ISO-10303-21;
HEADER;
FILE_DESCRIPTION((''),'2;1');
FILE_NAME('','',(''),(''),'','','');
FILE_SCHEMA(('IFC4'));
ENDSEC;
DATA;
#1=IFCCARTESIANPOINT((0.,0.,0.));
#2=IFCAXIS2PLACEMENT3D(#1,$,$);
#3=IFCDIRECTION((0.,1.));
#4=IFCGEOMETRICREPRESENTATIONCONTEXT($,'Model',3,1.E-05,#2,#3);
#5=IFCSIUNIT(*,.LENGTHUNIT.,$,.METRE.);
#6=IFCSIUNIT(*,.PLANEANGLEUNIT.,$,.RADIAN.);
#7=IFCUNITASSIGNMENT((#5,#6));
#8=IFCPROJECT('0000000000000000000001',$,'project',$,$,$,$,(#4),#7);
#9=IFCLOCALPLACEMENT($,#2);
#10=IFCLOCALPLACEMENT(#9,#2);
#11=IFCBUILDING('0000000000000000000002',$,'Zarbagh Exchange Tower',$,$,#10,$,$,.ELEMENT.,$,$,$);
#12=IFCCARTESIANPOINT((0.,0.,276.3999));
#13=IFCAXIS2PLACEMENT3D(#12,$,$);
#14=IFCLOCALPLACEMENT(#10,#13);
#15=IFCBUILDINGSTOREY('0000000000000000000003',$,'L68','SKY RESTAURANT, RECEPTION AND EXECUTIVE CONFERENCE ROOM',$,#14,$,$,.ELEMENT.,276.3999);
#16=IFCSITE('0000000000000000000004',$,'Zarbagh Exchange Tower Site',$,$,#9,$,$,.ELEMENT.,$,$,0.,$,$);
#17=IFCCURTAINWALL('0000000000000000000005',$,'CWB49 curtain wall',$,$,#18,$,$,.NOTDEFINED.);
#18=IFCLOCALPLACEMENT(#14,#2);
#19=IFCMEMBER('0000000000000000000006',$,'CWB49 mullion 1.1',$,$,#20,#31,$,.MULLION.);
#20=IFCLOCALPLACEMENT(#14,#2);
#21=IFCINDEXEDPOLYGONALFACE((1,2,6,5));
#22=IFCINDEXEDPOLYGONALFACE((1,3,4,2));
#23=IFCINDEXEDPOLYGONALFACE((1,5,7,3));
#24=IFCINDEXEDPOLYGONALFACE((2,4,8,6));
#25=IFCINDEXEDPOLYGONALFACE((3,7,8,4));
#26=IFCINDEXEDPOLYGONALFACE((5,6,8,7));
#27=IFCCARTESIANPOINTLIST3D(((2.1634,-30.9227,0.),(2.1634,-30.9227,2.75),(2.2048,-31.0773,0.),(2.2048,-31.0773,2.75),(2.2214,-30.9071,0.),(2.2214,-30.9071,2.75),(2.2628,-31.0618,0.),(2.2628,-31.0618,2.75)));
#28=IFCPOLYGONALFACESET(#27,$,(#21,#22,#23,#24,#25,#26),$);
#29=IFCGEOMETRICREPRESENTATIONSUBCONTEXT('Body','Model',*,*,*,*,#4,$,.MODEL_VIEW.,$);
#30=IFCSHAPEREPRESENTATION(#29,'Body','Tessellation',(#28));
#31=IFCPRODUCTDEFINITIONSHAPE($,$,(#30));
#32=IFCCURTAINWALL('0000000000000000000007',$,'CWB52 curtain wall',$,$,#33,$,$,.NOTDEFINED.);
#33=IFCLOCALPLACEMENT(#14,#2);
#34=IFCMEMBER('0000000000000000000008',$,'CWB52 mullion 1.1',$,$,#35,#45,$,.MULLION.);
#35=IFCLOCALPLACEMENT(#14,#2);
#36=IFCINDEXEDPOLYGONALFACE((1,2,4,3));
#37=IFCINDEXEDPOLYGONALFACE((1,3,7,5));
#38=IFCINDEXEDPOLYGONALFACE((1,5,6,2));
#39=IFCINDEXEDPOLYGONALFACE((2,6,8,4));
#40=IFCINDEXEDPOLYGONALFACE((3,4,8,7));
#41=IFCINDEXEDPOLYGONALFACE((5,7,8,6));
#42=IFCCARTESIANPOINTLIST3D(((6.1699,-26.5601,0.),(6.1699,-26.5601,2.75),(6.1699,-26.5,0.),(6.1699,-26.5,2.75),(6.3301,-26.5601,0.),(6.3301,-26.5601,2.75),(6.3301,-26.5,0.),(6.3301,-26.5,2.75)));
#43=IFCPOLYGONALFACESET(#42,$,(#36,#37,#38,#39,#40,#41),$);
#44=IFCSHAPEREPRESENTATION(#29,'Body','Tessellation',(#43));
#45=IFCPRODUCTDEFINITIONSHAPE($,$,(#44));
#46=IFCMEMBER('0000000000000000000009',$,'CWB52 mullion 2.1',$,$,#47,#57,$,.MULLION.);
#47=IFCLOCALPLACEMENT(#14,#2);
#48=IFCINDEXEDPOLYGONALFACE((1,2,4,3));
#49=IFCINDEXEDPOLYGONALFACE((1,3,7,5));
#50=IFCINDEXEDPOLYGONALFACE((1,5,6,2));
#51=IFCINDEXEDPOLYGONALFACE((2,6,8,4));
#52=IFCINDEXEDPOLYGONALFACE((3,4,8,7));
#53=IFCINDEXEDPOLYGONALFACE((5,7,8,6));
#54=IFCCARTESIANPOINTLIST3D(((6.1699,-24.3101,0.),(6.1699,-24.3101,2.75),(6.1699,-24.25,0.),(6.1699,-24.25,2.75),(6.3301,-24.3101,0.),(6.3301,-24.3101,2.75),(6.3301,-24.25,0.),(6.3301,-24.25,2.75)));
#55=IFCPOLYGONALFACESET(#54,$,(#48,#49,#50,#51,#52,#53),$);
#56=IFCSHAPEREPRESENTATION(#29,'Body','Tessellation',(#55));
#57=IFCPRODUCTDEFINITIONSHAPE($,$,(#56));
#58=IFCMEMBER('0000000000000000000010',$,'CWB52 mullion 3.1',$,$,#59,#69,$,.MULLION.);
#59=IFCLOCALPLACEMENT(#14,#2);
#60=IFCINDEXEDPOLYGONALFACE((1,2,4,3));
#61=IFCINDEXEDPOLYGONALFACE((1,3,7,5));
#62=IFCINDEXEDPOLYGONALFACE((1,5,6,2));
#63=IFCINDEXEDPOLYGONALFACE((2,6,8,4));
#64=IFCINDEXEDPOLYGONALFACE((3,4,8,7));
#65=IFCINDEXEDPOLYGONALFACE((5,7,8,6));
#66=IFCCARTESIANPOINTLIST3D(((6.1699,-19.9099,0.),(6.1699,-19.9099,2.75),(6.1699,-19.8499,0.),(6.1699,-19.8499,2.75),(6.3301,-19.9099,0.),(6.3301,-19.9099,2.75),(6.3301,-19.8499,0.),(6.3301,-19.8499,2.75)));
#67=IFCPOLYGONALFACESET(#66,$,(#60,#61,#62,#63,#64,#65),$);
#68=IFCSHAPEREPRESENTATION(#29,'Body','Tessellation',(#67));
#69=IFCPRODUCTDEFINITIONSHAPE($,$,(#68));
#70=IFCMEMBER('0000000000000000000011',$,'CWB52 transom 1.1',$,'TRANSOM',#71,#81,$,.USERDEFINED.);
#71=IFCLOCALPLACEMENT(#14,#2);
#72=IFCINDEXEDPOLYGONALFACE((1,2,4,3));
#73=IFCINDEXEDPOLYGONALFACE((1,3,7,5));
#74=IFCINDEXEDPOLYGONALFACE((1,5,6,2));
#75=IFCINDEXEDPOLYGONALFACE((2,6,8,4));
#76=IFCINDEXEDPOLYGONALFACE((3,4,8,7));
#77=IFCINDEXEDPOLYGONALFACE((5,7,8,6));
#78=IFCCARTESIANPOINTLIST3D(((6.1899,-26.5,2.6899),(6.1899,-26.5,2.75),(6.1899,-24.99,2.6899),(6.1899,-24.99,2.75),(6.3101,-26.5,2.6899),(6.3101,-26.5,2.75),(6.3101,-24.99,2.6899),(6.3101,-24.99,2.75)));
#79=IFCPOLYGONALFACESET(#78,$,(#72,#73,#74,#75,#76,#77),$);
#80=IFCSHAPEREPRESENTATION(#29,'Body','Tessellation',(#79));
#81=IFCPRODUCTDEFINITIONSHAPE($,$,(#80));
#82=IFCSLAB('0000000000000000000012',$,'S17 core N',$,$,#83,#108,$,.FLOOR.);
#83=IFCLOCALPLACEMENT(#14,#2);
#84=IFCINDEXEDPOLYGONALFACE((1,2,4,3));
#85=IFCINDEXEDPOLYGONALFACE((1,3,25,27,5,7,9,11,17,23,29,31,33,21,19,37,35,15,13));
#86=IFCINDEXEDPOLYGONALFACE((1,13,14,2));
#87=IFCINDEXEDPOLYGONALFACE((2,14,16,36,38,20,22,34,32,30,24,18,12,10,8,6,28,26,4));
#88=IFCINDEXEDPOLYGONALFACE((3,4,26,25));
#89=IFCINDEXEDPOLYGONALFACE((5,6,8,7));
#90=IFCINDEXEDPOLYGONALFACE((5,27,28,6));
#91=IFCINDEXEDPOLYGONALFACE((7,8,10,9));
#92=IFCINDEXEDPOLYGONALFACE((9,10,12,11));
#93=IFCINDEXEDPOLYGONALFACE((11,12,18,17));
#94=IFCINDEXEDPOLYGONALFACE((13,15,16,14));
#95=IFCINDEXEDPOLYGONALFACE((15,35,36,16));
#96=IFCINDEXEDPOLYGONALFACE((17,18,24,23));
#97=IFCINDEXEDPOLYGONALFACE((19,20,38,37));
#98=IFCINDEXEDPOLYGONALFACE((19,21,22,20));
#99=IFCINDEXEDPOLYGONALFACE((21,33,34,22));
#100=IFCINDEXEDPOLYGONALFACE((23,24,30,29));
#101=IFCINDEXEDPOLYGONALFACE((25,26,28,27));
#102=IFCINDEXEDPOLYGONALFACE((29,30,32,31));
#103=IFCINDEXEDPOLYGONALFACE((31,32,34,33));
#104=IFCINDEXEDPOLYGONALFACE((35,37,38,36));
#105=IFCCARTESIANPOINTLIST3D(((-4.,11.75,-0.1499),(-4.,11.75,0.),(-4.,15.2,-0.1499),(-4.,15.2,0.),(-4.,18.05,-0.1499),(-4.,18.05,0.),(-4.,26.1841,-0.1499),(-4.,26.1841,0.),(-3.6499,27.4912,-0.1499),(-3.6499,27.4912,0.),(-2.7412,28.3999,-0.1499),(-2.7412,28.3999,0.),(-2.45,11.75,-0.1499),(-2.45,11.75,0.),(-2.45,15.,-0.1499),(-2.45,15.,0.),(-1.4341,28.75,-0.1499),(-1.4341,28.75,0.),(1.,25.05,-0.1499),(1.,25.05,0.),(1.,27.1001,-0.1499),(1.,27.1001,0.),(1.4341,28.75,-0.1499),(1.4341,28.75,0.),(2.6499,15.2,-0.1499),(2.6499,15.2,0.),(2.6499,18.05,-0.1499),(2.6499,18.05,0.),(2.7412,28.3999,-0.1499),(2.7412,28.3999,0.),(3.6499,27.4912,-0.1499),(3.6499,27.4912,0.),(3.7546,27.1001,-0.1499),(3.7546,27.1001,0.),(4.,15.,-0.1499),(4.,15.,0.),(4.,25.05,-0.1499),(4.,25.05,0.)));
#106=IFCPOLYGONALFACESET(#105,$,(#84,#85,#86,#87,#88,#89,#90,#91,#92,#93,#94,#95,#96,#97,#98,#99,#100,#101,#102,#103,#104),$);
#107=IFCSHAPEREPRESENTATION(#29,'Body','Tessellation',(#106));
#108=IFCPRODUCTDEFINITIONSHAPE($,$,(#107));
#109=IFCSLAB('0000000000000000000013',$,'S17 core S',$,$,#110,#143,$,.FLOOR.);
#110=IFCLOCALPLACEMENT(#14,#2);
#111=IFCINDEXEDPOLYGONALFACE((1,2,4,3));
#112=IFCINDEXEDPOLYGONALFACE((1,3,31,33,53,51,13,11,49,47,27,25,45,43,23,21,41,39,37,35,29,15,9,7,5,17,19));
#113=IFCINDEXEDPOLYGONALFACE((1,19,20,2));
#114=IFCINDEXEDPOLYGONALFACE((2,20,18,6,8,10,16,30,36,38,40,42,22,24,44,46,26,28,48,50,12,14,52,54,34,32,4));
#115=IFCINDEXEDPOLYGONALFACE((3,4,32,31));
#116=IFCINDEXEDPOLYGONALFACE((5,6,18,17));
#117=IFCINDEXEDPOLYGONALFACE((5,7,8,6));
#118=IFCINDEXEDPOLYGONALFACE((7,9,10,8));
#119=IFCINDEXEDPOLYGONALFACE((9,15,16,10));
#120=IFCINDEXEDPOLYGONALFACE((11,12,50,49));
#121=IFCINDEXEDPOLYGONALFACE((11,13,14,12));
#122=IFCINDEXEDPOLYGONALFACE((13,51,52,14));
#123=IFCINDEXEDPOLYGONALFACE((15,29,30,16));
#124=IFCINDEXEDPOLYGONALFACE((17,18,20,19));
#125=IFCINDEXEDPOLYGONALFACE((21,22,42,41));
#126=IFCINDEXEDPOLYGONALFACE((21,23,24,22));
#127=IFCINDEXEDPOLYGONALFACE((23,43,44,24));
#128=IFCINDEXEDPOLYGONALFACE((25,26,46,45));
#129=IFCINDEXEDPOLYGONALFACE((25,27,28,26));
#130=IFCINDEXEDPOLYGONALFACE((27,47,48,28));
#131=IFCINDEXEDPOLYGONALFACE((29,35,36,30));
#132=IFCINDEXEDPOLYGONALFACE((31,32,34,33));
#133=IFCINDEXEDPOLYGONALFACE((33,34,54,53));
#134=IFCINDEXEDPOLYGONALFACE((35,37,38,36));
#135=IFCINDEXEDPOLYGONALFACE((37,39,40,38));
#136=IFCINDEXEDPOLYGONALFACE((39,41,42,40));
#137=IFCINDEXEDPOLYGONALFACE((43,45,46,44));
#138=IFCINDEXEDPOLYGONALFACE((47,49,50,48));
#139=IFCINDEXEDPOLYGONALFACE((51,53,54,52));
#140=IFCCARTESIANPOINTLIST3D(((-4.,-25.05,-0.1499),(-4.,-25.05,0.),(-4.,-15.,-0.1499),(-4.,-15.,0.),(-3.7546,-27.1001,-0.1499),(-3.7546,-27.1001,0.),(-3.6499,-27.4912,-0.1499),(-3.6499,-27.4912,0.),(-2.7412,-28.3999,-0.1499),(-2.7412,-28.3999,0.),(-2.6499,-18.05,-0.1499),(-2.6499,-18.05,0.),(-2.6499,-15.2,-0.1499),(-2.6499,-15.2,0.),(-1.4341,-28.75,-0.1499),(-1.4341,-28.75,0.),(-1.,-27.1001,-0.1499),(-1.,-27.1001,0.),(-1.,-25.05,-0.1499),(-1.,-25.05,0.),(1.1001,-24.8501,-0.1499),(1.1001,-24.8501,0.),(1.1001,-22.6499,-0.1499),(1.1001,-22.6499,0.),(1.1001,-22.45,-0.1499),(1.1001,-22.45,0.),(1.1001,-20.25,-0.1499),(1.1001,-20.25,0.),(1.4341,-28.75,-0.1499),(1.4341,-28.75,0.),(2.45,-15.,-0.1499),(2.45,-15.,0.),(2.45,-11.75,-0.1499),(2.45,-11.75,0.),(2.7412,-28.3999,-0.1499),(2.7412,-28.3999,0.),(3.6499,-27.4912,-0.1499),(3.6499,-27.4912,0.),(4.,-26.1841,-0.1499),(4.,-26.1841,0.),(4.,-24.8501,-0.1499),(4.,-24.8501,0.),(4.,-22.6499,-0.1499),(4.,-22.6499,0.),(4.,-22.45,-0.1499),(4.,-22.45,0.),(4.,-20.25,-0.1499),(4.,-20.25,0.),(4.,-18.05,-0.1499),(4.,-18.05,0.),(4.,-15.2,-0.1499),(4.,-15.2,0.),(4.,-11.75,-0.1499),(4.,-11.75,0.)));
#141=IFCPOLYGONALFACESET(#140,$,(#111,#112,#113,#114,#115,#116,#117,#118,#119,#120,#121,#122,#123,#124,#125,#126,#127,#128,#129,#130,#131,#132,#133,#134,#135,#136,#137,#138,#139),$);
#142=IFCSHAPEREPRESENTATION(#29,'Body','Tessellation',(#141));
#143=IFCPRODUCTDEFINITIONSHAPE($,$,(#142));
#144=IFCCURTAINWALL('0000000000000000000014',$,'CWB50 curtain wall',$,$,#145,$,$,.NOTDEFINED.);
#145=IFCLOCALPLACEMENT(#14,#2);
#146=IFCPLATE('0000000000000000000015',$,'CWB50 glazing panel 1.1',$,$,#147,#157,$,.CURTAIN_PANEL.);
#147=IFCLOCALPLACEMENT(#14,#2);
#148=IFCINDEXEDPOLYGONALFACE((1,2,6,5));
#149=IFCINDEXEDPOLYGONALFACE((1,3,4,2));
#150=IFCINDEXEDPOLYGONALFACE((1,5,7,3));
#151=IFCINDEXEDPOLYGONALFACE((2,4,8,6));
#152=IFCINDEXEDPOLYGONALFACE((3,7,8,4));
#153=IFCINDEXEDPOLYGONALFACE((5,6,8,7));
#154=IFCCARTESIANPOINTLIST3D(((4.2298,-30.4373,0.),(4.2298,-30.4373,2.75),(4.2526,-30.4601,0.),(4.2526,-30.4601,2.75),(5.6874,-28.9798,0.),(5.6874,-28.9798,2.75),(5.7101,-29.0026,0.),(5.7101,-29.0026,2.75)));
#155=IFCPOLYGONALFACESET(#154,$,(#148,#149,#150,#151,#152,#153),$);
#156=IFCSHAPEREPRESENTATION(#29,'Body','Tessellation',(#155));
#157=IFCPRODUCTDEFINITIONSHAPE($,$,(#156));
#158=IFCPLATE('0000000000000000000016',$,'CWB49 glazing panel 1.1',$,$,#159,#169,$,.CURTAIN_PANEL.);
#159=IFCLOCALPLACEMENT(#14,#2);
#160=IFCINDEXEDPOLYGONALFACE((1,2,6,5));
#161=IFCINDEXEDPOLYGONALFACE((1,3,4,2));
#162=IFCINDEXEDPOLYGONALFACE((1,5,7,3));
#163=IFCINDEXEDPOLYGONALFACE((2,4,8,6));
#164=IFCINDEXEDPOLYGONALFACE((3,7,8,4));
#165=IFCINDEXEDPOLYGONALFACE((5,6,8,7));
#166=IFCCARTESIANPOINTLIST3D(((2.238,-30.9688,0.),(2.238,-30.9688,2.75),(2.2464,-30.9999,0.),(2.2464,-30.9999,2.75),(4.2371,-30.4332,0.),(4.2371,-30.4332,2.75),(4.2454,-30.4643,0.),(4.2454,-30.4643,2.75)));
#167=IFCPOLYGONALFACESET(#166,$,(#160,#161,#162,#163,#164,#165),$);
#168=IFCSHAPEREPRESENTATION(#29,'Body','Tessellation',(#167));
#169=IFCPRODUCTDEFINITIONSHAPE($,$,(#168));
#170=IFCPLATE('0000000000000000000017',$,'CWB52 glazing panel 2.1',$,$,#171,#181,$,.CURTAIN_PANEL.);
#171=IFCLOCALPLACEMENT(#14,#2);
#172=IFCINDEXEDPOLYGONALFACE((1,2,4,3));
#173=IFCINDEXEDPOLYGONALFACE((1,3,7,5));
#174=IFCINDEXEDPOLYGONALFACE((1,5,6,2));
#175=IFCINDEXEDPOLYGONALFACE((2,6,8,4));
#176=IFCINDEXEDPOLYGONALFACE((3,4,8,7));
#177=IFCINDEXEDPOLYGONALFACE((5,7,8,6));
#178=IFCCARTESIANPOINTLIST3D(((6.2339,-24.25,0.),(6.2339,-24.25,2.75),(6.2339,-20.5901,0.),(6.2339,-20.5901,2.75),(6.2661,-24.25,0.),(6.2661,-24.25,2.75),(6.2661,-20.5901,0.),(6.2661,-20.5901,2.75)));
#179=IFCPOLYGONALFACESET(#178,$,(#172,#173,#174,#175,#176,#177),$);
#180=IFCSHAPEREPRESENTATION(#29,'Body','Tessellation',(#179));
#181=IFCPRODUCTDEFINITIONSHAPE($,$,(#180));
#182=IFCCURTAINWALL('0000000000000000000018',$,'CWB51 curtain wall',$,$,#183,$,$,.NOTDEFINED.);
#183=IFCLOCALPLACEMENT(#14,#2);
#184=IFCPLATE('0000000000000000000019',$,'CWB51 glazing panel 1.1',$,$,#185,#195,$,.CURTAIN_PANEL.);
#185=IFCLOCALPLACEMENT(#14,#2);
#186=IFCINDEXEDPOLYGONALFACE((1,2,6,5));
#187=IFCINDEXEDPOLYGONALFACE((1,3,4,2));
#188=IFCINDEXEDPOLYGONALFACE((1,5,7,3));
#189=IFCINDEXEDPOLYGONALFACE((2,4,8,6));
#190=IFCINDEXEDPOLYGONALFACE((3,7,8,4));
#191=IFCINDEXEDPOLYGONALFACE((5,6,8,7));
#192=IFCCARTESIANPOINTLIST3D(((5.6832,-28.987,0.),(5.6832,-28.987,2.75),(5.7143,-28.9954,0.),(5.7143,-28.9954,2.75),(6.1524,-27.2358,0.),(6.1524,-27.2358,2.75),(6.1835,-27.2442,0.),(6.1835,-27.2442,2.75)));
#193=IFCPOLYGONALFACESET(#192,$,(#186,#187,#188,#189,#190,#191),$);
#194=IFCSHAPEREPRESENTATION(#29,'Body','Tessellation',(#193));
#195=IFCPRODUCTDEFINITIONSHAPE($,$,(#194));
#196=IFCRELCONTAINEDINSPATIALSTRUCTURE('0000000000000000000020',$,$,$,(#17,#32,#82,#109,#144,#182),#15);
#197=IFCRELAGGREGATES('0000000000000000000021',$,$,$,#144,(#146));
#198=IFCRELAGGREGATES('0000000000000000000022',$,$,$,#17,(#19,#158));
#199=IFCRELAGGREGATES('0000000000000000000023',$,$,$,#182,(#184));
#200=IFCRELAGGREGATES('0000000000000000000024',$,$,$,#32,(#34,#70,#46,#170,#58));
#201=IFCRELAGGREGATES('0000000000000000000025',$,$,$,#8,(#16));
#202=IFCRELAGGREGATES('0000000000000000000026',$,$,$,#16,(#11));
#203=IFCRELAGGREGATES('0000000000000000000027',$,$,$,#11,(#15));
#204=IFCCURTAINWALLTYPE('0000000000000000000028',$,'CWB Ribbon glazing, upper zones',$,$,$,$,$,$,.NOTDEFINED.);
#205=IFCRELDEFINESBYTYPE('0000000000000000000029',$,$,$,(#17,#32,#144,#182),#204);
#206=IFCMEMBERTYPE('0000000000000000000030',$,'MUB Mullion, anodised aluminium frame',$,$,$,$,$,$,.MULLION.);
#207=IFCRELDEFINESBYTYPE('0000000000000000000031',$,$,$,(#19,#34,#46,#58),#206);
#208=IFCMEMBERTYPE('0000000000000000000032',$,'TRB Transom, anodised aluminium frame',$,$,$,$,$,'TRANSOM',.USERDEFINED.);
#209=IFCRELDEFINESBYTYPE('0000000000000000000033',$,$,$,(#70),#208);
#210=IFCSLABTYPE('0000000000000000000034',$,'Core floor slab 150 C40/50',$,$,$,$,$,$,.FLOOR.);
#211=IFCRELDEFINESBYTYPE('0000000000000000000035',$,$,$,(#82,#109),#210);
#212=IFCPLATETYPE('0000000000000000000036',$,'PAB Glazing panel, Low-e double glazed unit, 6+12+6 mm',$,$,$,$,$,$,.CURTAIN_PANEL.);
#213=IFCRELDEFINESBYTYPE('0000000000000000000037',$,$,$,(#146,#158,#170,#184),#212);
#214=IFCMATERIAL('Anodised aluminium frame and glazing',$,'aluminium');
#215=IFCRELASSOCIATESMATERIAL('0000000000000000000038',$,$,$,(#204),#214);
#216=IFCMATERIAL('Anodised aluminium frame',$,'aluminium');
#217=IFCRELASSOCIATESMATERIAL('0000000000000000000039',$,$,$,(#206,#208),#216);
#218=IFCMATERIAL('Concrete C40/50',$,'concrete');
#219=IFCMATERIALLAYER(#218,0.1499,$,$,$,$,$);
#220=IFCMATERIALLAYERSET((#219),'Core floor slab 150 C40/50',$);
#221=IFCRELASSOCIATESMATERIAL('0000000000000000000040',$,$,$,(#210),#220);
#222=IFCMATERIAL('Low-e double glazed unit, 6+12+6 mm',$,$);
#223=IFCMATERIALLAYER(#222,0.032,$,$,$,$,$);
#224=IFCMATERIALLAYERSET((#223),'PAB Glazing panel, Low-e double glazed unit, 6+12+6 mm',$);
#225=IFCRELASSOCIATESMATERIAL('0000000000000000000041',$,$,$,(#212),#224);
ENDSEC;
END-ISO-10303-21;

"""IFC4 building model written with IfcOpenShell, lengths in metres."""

from ifc_helpers import new_model, si_unit, direction, frame, origin, place, context, subcontext, project, spatial, polyline, outline, extrude, source, transform, mapped, material, layer, layer_set, type_object, element, aggregate, save


model = new_model("IFC4")

# Units and contexts
model_context = context("Model", 3, precision=1e-05, world=origin(), true_north=direction((0.0, 1.0)))
body_context = subcontext(model_context, "Body", "Model", "MODEL_VIEW")
ifc_project = project(units=[si_unit("LENGTHUNIT", "METRE"), si_unit("PLANEANGLEUNIT", "RADIAN")], contexts=[model_context])

# Site, building, storey
site_placement = place(None, origin())
site = spatial("IfcSite", under=ifc_project, at=site_placement, Name="Zarbagh Exchange Tower Site", CompositionType="ELEMENT", RefElevation=0.0)
building_placement = place(site_placement, origin())
building = spatial("IfcBuilding", under=site, at=building_placement, Name="Zarbagh Exchange Tower", CompositionType="ELEMENT")
storey_placement = place(building_placement, frame((0.0, 0.0, 276.3999)))
storey = spatial("IfcBuildingStorey", under=building, at=storey_placement, Name="L68", Description="SKY RESTAURANT, RECEPTION AND EXECUTIVE CONFERENCE ROOM", CompositionType="ELEMENT", Elevation=276.3999)

# Curtain wall, member
ifc_material_1 = material(Name="Anodised aluminium frame and glazing", Category="aluminium")
curtain_wall_type = type_object("IfcCurtainWallType", Name="CWB Ribbon glazing, upper zones", PredefinedType="NOTDEFINED", material=ifc_material_1)
curtain_wall_1_placement = place(storey_placement, origin())
curtain_wall_1 = element("IfcCurtainWall", 1, at=curtain_wall_1_placement, inside=storey, type_object=curtain_wall_type, Name="CWB49 curtain wall", PredefinedType="NOTDEFINED")
ifc_material_2 = material(Name="Anodised aluminium frame", Category="aluminium")
member_type_1 = type_object("IfcMemberType", Name="MUB Mullion, anodised aluminium frame", PredefinedType="MULLION", material=ifc_material_2)
shared_shape_1 = source(origin(), body_context, "Body", "SweptSolid", [
    extrude(outline(polyline([(0.0, -0.0801), (0.0601, -0.0801), (0.0601, 0.0801), (0.0, 0.0801), (0.0, -0.0801)])), origin(), (0.0, 0.0, 1.0), 2.75),
])
placement = place(storey_placement, origin())
member_1 = element("IfcMember", 2, at=placement, type_object=member_type_1, Name="CWB49 mullion 1.1", PredefinedType="MULLION", context=body_context, shape_type="MappedRepresentation", body=[
    mapped(shared_shape_1, transform((2.1841, -31.0, 0.0), x_axis=(0.965924, 0.258825, 0.0), y_axis=(-0.258825, 0.965924, 0.0), z_axis=(0.0, 0.0, 1.0))),
])

# Curtain wall, members
curtain_wall_2_placement = place(storey_placement, origin())
curtain_wall_2 = element("IfcCurtainWall", 3, at=curtain_wall_2_placement, inside=storey, type_object=curtain_wall_type, Name="CWB52 curtain wall", PredefinedType="NOTDEFINED")
member_2 = element("IfcMember", 4, at=placement, type_object=member_type_1, Name="CWB52 mullion 1.1", PredefinedType="MULLION", context=body_context, shape_type="MappedRepresentation", body=[
    mapped(shared_shape_1, transform((6.25, -26.5601, 0.0), x_axis=(0.0, 1.0, 0.0), y_axis=(-1.0, 0.0, 0.0), z_axis=(0.0, 0.0, 1.0))),
])
member_3 = element("IfcMember", 5, at=placement, type_object=member_type_1, Name="CWB52 mullion 2.1", PredefinedType="MULLION", context=body_context, shape_type="MappedRepresentation", body=[
    mapped(shared_shape_1, transform((6.25, -24.3101, 0.0), x_axis=(0.0, 1.0, 0.0), y_axis=(-1.0, 0.0, 0.0), z_axis=(0.0, 0.0, 1.0))),
])
member_4 = element("IfcMember", 6, at=placement, type_object=member_type_1, Name="CWB52 mullion 3.1", PredefinedType="MULLION", context=body_context, shape_type="MappedRepresentation", body=[
    mapped(shared_shape_1, transform((6.25, -19.9099, 0.0), x_axis=(0.0, 1.0, 0.0), y_axis=(-1.0, 0.0, 0.0), z_axis=(0.0, 0.0, 1.0))),
])
member_type_2 = type_object("IfcMemberType", Name="TRB Transom, anodised aluminium frame", ElementType="TRANSOM", PredefinedType="USERDEFINED", material=ifc_material_2)
shared_shape_2 = source(origin(), body_context, "Body", "SweptSolid", [
    extrude(outline(polyline([(-0.0601, -0.0601), (0.0, -0.0601), (0.0, 0.0601), (-0.0601, 0.0601), (-0.0601, -0.0601)])), origin(), (0.0, 0.0, 1.0), 1.51),
])
member_5 = element("IfcMember", 7, at=placement, type_object=member_type_2, Name="CWB52 transom 1.1", ObjectType="TRANSOM", PredefinedType="USERDEFINED", context=body_context, shape_type="MappedRepresentation", body=[
    mapped(shared_shape_2, transform((6.25, -26.5, 2.75), x_axis=(0.0, 0.0, 1.0), y_axis=(1.0, 0.0, 0.0), z_axis=(0.0, 1.0, 0.0))),
])

# Slabs
ifc_material_3 = material(Name="Concrete C40/50", Category="concrete")
ifc_layer_1 = layer(ifc_material_3, 0.1499)
ifc_layer_set_1 = layer_set([ifc_layer_1], Name="Core floor slab 150 C40/50")
slab_type = type_object("IfcSlabType", Name="Core floor slab 150 C40/50", PredefinedType="FLOOR", material=ifc_layer_set_1)
slab_1_placement = place(storey_placement, frame((0.0, 0.0, -0.1499)))
element("IfcSlab", 8, at=slab_1_placement, inside=storey, type_object=slab_type, Name="S17 core N", PredefinedType="FLOOR", context=body_context, shape_type="SweptSolid", body=[
    extrude(outline(polyline([(-4.0, 11.75), (-4.0, 15.2), (2.6499, 15.2), (2.6499, 18.05), (-4.0, 18.05), (-4.0, 26.1841), (-3.6499, 27.4912), (-2.7412, 28.3999), (-1.4341, 28.75), (1.4341, 28.75), (2.7412, 28.3999), (3.6499, 27.4912), (3.8577, 26.7151), (3.7546, 27.1001), (1.0, 27.1001), (1.0, 25.05), (4.0, 25.05), (4.0, 15.0), (-2.45, 15.0), (-2.45, 11.75), (-4.0, 11.75)])), origin(), (0.0, 0.0, 1.0), 0.1499),
])
slab_2_placement = place(storey_placement, frame((0.0, 0.0, -0.1499)))
element("IfcSlab", 9, at=slab_2_placement, inside=storey, type_object=slab_type, Name="S17 core S", PredefinedType="FLOOR", context=body_context, shape_type="SweptSolid", body=[
    extrude(outline(polyline([(-2.7412, -28.3999), (-3.6499, -27.4912), (-3.8577, -26.7151), (-3.7546, -27.1001), (-1.0, -27.1001), (-1.0, -25.05), (-4.0, -25.05), (-4.0, -15.0), (2.45, -15.0), (2.45, -11.75), (4.0, -11.75), (4.0, -15.2), (-2.6499, -15.2), (-2.6499, -18.05), (4.0, -18.05), (4.0, -20.25), (1.1001, -20.25), (1.1001, -22.45), (4.0, -22.45), (4.0, -22.6499), (1.1001, -22.6499), (1.1001, -24.8501), (4.0, -24.8501), (4.0, -26.1841), (3.6499, -27.4912), (2.7412, -28.3999), (1.4341, -28.75), (-1.4341, -28.75), (-2.7412, -28.3999)])), origin(), (0.0, 0.0, 1.0), 0.1499),
])

# Curtain wall, plate
curtain_wall_3_placement = place(storey_placement, origin())
curtain_wall_3 = element("IfcCurtainWall", 10, at=curtain_wall_3_placement, inside=storey, type_object=curtain_wall_type, Name="CWB50 curtain wall", PredefinedType="NOTDEFINED")
ifc_material_4 = material(Name="Low-e double glazed unit, 6+12+6 mm")
ifc_layer_2 = layer(ifc_material_4, 0.032)
ifc_layer_set_2 = layer_set([ifc_layer_2], Name="PAB Glazing panel, Low-e double glazed unit, 6+12+6 mm")
plate_type = type_object("IfcPlateType", Name="PAB Glazing panel, Low-e double glazed unit, 6+12+6 mm", PredefinedType="CURTAIN_PANEL", material=ifc_layer_set_2)
shared_shape_3 = source(origin(), body_context, "Body", "SweptSolid", [
    extrude(outline(polyline([(0.0, -0.0161), (2.0613, -0.0161), (2.0613, 0.0161), (0.0, 0.0161), (0.0, -0.0161)])), origin(), (0.0, 0.0, 1.0), 2.75),
])
plate_1 = element("IfcPlate", 11, at=placement, type_object=plate_type, Name="CWB50 glazing panel 1.1", PredefinedType="CURTAIN_PANEL", context=body_context, shape_type="MappedRepresentation", body=[
    mapped(shared_shape_3, transform((4.2412, -30.4487, 0.0), x_axis=(0.707107, 0.707107, 0.0), y_axis=(-0.707107, 0.707107, 0.0), z_axis=(0.0, 0.0, 1.0))),
])
aggregate(curtain_wall_3, [plate_1])

# Plates
shared_shape_4 = source(origin(), body_context, "Body", "SweptSolid", [
    extrude(outline(polyline([(0.0, -0.0161), (2.0696, -0.0161), (2.0696, 0.0161), (0.0, 0.0161), (0.0, -0.0161)])), origin(), (0.0, 0.0, 1.0), 2.75),
])
plate_2 = element("IfcPlate", 12, at=placement, type_object=plate_type, Name="CWB49 glazing panel 1.1", PredefinedType="CURTAIN_PANEL", context=body_context, shape_type="MappedRepresentation", body=[
    mapped(shared_shape_4, transform((2.2422, -30.9844, 0.0), x_axis=(0.965924, 0.258825, 0.0), y_axis=(-0.258825, 0.965924, 0.0), z_axis=(0.0, 0.0, 1.0))),
])
aggregate(curtain_wall_1, [member_1, plate_2])
shared_shape_5 = source(origin(), body_context, "Body", "SweptSolid", [
    extrude(outline(polyline([(0.0, -0.0161), (3.6599, -0.0161), (3.6599, 0.0161), (0.0, 0.0161), (0.0, -0.0161)])), origin(), (0.0, 0.0, 1.0), 2.75),
])
plate_3 = element("IfcPlate", 13, at=placement, type_object=plate_type, Name="CWB52 glazing panel 2.1", PredefinedType="CURTAIN_PANEL", context=body_context, shape_type="MappedRepresentation", body=[
    mapped(shared_shape_5, transform((6.25, -24.25, 0.0), x_axis=(0.0, 1.0, 0.0), y_axis=(-1.0, 0.0, 0.0), z_axis=(0.0, 0.0, 1.0))),
])

# Curtain wall, plate
curtain_wall_4_placement = place(storey_placement, origin())
curtain_wall_4 = element("IfcCurtainWall", 14, at=curtain_wall_4_placement, inside=storey, type_object=curtain_wall_type, Name="CWB51 curtain wall", PredefinedType="NOTDEFINED")
shared_shape_6 = source(origin(), body_context, "Body", "SweptSolid", [
    extrude(outline(polyline([(0.0, -0.0161), (1.813, -0.0161), (1.813, 0.0161), (0.0, 0.0161), (0.0, -0.0161)])), origin(), (0.0, 0.0, 1.0), 2.75),
])
plate_4 = element("IfcPlate", 15, at=placement, type_object=plate_type, Name="CWB51 glazing panel 1.1", PredefinedType="CURTAIN_PANEL", context=body_context, shape_type="MappedRepresentation", body=[
    mapped(shared_shape_6, transform((5.6987, -28.9912, 0.0), x_axis=(0.258825, 0.965924, 0.0), y_axis=(-0.965924, 0.258825, 0.0), z_axis=(0.0, 0.0, 1.0))),
])
aggregate(curtain_wall_4, [plate_4])

aggregate(curtain_wall_2, [member_2, member_5, member_3, plate_3, member_4])

save(model, "model.ifc")
